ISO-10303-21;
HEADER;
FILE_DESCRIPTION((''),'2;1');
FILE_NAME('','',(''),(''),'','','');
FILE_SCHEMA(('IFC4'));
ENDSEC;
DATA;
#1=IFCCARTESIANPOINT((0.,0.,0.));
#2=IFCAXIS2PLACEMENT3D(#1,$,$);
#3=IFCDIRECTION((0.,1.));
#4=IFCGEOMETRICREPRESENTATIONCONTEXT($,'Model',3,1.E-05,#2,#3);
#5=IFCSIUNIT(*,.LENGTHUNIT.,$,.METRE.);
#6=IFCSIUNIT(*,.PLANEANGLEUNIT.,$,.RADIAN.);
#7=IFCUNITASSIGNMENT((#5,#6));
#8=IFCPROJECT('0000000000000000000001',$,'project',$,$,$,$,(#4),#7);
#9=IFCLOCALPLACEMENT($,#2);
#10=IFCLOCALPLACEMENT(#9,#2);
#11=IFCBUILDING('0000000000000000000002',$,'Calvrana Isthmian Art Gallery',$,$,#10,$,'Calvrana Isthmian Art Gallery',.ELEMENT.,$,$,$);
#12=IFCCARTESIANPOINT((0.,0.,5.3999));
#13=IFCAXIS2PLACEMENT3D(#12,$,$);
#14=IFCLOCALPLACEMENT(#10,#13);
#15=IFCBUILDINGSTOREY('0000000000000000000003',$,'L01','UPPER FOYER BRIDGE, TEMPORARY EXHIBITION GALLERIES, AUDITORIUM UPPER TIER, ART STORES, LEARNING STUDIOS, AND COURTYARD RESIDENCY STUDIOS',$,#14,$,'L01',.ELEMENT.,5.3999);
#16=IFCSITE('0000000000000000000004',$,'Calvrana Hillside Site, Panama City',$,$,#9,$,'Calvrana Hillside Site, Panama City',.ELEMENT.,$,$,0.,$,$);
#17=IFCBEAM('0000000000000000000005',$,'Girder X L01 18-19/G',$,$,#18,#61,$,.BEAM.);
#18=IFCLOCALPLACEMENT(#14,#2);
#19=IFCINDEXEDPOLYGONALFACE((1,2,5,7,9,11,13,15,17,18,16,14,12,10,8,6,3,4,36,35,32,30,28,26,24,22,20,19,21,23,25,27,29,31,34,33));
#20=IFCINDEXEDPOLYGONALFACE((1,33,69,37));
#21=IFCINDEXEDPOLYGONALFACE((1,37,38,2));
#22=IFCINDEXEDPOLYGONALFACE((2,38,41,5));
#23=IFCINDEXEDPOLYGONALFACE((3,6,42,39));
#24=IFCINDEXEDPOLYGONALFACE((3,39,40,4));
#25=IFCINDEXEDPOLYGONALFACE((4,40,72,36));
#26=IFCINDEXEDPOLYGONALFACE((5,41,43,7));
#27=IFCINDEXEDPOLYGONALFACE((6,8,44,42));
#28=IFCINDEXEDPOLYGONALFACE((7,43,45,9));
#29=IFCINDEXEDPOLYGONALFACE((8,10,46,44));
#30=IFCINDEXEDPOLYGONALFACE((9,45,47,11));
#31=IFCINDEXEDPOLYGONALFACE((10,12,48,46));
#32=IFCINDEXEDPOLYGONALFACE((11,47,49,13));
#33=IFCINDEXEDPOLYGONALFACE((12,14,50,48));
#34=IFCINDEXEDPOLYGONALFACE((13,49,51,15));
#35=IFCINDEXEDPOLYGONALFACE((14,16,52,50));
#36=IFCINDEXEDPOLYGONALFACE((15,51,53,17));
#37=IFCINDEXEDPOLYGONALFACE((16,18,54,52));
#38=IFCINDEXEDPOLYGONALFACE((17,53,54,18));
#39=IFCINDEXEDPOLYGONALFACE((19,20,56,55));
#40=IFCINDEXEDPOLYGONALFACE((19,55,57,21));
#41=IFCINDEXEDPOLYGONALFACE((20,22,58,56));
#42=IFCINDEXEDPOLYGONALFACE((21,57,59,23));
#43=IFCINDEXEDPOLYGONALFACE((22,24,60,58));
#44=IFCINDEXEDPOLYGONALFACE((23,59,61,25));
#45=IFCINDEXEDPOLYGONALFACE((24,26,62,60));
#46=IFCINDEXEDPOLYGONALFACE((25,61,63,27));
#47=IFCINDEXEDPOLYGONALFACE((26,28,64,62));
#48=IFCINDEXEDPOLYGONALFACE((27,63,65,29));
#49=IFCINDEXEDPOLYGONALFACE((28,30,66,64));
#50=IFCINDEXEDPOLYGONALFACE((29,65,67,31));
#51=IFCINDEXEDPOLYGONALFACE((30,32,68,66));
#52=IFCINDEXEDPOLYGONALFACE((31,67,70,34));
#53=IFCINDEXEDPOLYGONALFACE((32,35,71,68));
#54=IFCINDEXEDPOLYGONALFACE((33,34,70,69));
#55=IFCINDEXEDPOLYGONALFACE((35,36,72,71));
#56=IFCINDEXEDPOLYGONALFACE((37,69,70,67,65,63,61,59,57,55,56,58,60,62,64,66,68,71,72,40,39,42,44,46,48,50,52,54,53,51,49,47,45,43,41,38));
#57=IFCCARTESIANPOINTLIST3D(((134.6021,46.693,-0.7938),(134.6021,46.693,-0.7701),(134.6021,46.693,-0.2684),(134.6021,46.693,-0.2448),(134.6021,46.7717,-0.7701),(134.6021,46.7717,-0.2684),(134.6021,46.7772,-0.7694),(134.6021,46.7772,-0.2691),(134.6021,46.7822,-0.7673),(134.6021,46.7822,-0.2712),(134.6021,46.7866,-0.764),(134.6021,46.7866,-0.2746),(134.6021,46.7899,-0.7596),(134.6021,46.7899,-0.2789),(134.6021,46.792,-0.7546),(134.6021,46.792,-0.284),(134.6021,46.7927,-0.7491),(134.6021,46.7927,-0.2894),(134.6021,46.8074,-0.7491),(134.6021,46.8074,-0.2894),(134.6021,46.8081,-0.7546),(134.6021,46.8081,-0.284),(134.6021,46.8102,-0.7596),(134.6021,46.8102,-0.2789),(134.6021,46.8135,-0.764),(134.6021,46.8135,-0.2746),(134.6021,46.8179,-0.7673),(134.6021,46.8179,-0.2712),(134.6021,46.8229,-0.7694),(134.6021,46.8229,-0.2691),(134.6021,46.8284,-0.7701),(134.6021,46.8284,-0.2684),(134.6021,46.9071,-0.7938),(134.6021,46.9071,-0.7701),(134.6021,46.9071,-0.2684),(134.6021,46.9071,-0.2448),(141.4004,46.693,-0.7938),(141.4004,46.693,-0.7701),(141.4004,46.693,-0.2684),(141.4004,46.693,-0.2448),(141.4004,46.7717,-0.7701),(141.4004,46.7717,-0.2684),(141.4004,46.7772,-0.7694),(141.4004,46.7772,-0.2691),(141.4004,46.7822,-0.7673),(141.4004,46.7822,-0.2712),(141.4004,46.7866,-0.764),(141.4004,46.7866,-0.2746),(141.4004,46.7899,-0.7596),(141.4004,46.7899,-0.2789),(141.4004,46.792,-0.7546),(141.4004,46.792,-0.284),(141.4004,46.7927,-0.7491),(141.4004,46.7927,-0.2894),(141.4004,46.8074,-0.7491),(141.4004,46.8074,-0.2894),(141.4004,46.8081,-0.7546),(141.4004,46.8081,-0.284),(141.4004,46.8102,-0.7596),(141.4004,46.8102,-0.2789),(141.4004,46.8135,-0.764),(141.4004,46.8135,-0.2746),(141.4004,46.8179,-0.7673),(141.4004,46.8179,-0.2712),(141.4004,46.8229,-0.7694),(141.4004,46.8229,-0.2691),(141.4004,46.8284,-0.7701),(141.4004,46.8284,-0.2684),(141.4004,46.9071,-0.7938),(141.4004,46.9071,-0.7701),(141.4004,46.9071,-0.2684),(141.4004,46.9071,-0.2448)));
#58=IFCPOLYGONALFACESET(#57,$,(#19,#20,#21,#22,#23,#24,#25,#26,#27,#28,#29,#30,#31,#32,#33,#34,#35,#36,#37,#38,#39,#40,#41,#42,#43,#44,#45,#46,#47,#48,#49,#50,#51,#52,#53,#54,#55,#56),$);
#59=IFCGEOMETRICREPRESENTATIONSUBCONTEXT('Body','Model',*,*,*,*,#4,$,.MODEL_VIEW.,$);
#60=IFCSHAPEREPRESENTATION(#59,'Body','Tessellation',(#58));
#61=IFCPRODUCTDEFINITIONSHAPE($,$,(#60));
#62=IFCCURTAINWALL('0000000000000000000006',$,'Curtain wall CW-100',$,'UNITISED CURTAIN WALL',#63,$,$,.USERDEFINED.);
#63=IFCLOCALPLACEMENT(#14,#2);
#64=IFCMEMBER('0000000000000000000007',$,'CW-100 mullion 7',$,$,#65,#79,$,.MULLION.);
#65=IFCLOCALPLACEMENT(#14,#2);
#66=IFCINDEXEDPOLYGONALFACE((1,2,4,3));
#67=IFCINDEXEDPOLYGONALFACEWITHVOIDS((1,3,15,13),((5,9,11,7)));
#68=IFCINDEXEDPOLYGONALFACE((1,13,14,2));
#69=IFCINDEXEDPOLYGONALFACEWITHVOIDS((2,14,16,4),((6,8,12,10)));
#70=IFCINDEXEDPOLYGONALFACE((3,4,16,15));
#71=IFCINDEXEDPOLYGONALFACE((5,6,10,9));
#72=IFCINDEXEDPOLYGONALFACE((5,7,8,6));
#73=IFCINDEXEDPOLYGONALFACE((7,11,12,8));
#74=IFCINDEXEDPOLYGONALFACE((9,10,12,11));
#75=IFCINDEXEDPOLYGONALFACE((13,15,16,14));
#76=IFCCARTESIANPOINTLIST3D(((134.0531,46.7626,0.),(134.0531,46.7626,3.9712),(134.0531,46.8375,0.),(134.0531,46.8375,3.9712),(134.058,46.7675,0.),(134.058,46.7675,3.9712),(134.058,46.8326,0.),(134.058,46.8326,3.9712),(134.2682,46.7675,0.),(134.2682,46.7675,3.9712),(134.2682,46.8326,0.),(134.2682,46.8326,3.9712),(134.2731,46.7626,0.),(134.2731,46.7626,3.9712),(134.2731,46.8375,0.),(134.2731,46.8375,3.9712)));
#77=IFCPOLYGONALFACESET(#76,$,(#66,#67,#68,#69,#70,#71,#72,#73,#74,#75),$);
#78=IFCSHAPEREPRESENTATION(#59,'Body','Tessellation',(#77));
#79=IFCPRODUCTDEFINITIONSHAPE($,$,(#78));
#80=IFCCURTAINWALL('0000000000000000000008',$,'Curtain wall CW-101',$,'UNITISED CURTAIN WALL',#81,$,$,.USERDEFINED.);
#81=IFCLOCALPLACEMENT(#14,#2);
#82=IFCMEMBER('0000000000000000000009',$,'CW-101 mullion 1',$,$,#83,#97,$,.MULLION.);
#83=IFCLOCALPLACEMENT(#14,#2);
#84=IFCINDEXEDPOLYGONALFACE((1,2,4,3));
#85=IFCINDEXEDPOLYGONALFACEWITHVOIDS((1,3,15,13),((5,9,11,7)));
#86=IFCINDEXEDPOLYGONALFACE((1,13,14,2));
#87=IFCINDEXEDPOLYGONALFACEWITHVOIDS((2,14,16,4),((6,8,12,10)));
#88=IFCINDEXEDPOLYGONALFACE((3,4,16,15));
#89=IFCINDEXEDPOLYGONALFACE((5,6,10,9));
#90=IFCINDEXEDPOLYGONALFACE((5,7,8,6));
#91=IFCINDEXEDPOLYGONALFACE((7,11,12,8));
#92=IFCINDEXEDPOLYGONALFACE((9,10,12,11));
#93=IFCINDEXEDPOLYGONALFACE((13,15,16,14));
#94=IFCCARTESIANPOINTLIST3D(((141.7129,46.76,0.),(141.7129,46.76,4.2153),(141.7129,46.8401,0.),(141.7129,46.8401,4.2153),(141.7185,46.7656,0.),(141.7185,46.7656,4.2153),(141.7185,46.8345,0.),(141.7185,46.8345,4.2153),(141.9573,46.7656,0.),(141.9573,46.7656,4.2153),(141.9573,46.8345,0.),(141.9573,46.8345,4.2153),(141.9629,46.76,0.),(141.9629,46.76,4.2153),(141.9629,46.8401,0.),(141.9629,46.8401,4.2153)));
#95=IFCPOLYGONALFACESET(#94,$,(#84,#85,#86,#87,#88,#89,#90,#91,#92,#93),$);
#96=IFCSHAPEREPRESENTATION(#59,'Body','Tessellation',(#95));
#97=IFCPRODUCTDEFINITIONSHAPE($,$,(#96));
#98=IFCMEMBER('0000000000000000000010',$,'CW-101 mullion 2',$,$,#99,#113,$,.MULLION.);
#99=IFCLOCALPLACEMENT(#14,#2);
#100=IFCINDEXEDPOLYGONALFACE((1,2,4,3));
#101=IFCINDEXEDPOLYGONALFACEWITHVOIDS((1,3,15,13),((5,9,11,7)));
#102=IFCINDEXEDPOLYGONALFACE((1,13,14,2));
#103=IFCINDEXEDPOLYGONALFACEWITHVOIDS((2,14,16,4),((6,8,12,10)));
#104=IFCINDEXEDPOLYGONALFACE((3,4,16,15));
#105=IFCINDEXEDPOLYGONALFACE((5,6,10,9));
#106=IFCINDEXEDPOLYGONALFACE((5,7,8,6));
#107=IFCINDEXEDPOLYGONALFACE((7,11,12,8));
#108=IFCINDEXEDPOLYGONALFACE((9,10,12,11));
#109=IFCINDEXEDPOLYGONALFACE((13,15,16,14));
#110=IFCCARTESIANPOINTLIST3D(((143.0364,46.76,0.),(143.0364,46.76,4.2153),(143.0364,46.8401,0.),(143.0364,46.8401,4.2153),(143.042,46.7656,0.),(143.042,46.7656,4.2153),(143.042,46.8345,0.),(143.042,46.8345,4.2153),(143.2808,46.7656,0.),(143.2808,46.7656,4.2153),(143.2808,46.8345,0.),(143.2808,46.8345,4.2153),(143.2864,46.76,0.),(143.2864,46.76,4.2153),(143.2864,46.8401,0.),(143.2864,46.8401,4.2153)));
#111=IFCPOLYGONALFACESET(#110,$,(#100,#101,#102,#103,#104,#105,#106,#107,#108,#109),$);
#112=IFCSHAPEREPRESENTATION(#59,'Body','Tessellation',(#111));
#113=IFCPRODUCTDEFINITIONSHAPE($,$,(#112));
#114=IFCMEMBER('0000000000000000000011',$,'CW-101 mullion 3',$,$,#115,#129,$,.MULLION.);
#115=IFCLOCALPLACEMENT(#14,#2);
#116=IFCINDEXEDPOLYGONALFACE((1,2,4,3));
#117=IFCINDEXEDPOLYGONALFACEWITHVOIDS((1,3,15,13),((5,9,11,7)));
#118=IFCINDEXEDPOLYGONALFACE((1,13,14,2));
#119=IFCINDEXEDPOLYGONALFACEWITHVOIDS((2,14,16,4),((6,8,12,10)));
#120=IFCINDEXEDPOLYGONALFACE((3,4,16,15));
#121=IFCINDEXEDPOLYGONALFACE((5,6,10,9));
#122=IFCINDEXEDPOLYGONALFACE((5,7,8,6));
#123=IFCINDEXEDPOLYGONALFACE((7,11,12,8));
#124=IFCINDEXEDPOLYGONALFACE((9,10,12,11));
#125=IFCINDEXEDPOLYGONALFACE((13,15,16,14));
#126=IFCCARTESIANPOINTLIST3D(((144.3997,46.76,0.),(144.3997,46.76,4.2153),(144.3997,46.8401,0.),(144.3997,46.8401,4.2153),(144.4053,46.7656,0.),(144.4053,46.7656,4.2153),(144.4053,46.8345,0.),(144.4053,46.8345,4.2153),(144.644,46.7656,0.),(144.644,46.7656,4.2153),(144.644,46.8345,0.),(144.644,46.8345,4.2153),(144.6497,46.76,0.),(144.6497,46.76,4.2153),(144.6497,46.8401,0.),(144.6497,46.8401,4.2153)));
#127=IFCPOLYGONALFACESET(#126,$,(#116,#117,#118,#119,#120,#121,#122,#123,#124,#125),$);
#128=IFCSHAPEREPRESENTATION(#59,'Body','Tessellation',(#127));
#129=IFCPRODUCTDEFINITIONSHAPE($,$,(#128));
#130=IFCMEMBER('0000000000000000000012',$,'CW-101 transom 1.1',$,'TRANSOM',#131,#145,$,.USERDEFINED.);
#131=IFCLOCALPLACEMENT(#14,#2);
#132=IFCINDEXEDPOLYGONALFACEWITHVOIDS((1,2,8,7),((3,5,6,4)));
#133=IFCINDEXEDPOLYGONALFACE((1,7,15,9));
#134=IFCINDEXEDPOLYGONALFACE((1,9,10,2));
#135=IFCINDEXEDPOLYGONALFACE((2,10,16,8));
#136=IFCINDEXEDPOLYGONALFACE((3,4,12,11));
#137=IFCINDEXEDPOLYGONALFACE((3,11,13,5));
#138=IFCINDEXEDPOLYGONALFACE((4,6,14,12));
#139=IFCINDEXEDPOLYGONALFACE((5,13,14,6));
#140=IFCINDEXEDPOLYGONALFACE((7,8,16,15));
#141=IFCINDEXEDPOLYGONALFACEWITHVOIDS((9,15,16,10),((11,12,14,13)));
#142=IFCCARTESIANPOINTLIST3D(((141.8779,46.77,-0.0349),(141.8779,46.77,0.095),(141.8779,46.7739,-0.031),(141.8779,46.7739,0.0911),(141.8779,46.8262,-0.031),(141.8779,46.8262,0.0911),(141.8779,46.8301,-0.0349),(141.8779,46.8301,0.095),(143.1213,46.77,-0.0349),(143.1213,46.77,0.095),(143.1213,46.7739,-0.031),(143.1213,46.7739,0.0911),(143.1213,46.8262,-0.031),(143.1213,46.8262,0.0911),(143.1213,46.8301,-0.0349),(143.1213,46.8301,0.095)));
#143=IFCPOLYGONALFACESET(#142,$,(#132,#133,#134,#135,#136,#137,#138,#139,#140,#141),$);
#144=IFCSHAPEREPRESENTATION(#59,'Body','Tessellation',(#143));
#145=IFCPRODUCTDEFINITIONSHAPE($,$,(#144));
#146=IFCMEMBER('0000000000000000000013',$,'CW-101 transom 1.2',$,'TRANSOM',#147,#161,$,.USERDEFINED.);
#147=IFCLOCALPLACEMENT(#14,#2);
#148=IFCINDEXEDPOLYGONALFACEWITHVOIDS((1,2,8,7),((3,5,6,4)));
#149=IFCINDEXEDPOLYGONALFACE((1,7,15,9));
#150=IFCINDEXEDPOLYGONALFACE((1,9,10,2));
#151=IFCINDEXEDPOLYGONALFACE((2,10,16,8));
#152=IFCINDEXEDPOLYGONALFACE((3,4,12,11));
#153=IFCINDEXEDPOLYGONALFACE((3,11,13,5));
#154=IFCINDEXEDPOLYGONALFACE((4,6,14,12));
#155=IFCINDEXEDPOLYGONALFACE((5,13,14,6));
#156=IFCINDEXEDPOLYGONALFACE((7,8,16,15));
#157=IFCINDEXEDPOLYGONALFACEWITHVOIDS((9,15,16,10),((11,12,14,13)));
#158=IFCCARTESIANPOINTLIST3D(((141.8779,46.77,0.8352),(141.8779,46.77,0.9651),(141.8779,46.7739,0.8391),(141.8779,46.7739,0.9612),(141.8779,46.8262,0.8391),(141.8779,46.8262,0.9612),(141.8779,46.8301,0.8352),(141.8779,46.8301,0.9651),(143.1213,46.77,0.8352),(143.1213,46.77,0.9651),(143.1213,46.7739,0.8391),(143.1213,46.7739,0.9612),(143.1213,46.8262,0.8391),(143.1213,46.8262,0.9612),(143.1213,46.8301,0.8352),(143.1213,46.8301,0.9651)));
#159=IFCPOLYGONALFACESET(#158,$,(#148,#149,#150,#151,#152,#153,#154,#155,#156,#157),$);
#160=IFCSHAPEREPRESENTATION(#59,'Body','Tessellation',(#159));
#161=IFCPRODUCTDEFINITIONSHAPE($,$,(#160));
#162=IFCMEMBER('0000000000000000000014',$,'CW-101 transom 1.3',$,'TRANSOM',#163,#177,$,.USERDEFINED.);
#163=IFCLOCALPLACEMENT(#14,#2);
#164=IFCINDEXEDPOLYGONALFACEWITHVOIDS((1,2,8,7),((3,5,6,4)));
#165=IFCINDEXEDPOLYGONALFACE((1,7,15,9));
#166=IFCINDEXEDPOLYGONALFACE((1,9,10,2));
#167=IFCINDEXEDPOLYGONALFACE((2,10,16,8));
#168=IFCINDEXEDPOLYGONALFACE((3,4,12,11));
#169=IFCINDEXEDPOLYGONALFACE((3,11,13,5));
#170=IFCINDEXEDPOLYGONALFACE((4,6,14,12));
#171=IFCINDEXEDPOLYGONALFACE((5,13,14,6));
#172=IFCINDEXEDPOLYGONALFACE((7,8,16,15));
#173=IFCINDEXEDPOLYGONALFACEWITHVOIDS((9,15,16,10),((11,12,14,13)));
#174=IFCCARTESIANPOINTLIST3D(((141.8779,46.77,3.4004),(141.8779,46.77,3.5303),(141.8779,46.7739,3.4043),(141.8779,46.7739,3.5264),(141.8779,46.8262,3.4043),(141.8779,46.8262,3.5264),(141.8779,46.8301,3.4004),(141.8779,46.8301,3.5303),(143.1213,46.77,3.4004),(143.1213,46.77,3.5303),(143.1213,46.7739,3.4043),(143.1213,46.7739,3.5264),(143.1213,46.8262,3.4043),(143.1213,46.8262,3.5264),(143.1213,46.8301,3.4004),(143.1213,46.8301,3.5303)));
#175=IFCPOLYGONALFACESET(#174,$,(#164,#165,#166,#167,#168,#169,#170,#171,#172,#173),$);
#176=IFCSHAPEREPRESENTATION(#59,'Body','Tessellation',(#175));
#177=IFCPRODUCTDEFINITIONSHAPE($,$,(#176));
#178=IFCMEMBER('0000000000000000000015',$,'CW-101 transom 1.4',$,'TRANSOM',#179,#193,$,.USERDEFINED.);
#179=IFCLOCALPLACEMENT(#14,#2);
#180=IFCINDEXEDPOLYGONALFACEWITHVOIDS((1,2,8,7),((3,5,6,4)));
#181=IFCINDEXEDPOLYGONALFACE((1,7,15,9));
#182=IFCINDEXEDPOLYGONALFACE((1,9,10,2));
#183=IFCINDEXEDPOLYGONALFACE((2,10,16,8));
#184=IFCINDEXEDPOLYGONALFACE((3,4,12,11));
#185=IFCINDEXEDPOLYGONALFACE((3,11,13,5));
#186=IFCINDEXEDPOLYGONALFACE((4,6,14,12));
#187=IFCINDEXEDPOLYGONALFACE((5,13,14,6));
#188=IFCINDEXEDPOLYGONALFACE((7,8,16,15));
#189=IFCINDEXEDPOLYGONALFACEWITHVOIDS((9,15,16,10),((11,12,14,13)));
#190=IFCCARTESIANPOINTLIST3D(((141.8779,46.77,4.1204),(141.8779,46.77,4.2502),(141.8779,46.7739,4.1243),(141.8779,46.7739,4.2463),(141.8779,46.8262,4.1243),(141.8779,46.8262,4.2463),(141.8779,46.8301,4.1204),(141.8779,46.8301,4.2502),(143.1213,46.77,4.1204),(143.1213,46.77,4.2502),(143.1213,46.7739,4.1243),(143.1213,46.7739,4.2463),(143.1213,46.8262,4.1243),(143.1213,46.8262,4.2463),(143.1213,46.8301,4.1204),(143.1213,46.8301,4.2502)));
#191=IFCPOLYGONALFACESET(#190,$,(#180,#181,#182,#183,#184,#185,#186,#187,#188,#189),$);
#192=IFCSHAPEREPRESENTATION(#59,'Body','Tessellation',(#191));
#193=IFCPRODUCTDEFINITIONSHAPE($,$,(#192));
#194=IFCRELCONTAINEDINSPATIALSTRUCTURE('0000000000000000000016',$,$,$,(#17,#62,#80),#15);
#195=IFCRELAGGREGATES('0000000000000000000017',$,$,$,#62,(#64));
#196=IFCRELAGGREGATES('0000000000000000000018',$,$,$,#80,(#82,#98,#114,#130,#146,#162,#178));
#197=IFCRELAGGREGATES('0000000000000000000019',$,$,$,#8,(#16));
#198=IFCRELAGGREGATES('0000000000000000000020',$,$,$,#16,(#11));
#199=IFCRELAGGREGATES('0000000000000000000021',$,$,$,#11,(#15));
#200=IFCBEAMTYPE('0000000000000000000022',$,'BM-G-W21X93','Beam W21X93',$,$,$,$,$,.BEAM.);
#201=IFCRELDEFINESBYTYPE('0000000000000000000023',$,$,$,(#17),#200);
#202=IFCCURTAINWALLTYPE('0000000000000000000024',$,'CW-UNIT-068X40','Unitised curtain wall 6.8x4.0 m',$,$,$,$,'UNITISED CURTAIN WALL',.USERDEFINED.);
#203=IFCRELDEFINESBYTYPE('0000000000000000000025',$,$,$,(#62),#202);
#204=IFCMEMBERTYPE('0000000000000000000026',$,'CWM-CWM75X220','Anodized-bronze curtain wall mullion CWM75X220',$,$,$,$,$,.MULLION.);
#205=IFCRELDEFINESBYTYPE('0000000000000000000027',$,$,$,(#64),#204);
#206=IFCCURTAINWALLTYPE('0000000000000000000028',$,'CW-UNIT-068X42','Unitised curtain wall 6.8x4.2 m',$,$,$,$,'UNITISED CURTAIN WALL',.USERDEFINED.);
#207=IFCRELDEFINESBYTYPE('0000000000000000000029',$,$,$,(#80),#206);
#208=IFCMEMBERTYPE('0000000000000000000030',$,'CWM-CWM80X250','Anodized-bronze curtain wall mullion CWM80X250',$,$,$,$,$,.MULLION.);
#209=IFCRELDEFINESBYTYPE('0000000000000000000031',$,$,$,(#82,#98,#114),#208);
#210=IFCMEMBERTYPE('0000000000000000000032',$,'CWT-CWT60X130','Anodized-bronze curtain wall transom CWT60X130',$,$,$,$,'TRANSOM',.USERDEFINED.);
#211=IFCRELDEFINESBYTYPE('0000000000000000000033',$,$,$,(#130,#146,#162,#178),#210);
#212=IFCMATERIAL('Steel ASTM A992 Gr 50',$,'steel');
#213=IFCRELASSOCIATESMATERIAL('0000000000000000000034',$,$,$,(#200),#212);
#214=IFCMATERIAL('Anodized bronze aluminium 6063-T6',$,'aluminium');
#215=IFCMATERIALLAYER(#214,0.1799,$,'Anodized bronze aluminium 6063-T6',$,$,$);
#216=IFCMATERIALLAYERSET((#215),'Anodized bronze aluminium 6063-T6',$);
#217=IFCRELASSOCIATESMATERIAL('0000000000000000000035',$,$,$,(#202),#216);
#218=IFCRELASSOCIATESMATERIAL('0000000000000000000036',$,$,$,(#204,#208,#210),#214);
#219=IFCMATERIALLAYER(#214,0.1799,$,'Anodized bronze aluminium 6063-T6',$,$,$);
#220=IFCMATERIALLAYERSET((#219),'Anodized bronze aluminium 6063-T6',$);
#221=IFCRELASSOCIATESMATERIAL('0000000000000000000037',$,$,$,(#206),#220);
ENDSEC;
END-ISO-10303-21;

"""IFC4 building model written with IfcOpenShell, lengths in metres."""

from ifc_helpers import new_model, si_unit, direction, frame, origin, origin_2d, place, context, subcontext, project, spatial, hollow_rectangle, i_section, extrude, material, layer, layer_set, material_profile, profile_set, type_object, element, aggregate, save


model = new_model("IFC4")

# Units and contexts
model_context = context("Model", 3, precision=1e-05, world=origin(), true_north=direction((0.0, 1.0)))
body_context = subcontext(model_context, "Body", "Model", "MODEL_VIEW")
ifc_project = project(units=[si_unit("LENGTHUNIT", "METRE"), si_unit("PLANEANGLEUNIT", "RADIAN")], contexts=[model_context])

# Site, building, storey
site_placement = place(None, origin())
site = spatial("IfcSite", under=ifc_project, at=site_placement, Name="Calvrana Hillside Site, Panama City", LongName="Calvrana Hillside Site, Panama City", CompositionType="ELEMENT", RefElevation=0.0)
building_placement = place(site_placement, origin())
building = spatial("IfcBuilding", under=site, at=building_placement, Name="Calvrana Isthmian Art Gallery", LongName="Calvrana Isthmian Art Gallery", CompositionType="ELEMENT")
storey_placement = place(building_placement, frame((0.0, 0.0, 5.3999)))
storey = spatial("IfcBuildingStorey", under=building, at=storey_placement, Name="L01", Description="UPPER FOYER BRIDGE, TEMPORARY EXHIBITION GALLERIES, AUDITORIUM UPPER TIER, ART STORES, LEARNING STUDIOS, AND COURTYARD RESIDENCY STUDIOS", LongName="L01", CompositionType="ELEMENT", Elevation=5.3999)

# Shared definitions
ifc_material_1 = material(Name="Steel ASTM A992 Gr 50", Category="steel")

# Beam
ifc_material_profile_1 = material_profile(ifc_material_1, i_section(OverallWidth=0.2141, OverallDepth=0.5491, WebThickness=0.0146, FlangeThickness=0.0237, FilletRadius=0.021, at=origin_2d()), Name="W21X93")
ifc_profile_set_1 = profile_set([ifc_material_profile_1], Name="Steel ASTM A992 Gr 50")
beam_type_1 = type_object("IfcBeamType", Name="BM-G-W21X93", Description="Beam W21X93", PredefinedType="BEAM", material=ifc_profile_set_1)
beam_1_placement = place(storey_placement, frame((134.6021, 46.8, -0.5193), z_axis=(1.0, 0.0, 0.0), x_axis=(0.0, 1.0, 0.0)))
element("IfcBeam", 1, at=beam_1_placement, inside=storey, type_object=beam_type_1, Name="Girder X L01 18-19/G", PredefinedType="BEAM", context=body_context, shape_type="SweptSolid", body=[
    extrude(i_section(OverallWidth=0.2141, OverallDepth=0.5491, WebThickness=0.0146, FlangeThickness=0.0237, FilletRadius=0.021, at=origin_2d()), origin(), (0.0, 0.0, 1.0), 6.7983),
])

# Curtain wall, member
ifc_material_2 = material(Name="Anodized bronze aluminium 6063-T6", Category="aluminium")
ifc_layer_1 = layer(ifc_material_2, 0.1799, Name="Anodized bronze aluminium 6063-T6")
ifc_layer_set_1 = layer_set([ifc_layer_1], Name="Anodized bronze aluminium 6063-T6")
curtain_wall_type_1 = type_object("IfcCurtainWallType", Name="CW-UNIT-068X40", Description="Unitised curtain wall 6.8x4.0 m", ElementType="UNITISED CURTAIN WALL", PredefinedType="USERDEFINED", material=ifc_layer_set_1)
curtain_wall_1_placement = place(storey_placement, origin())
curtain_wall_1 = element("IfcCurtainWall", 2, at=curtain_wall_1_placement, inside=storey, type_object=curtain_wall_type_1, Name="Curtain wall CW-100", ObjectType="UNITISED CURTAIN WALL", PredefinedType="USERDEFINED")
ifc_material_profile_2 = material_profile(ifc_material_2, hollow_rectangle(XDim=0.075, YDim=0.22, WallThickness=0.0049, at=origin_2d()), Name="CWM75X220")
ifc_profile_set_2 = profile_set([ifc_material_profile_2], Name="Anodized bronze aluminium 6063-T6")
member_type_1 = type_object("IfcMemberType", Name="CWM-CWM75X220", Description="Anodized-bronze curtain wall mullion CWM75X220", PredefinedType="MULLION", material=ifc_profile_set_2)
member_1_placement = place(storey_placement, frame((134.1631, 46.8, 0.0), z_axis=(0.0, 0.0, 1.0), x_axis=(0.0, 1.0, 0.0)))
member_1 = element("IfcMember", 3, at=member_1_placement, type_object=member_type_1, Name="CW-100 mullion 7", PredefinedType="MULLION", context=body_context, shape_type="SweptSolid", body=[
    extrude(hollow_rectangle(XDim=0.075, YDim=0.22, WallThickness=0.0049, at=origin_2d()), origin(), (0.0, 0.0, 1.0), 3.9712),
])

# Curtain wall, members
ifc_layer_2 = layer(ifc_material_2, 0.1799, Name="Anodized bronze aluminium 6063-T6")
ifc_layer_set_2 = layer_set([ifc_layer_2], Name="Anodized bronze aluminium 6063-T6")
curtain_wall_type_2 = type_object("IfcCurtainWallType", Name="CW-UNIT-068X42", Description="Unitised curtain wall 6.8x4.2 m", ElementType="UNITISED CURTAIN WALL", PredefinedType="USERDEFINED", material=ifc_layer_set_2)
curtain_wall_2_placement = place(storey_placement, origin())
curtain_wall_2 = element("IfcCurtainWall", 4, at=curtain_wall_2_placement, inside=storey, type_object=curtain_wall_type_2, Name="Curtain wall CW-101", ObjectType="UNITISED CURTAIN WALL", PredefinedType="USERDEFINED")
ifc_material_profile_3 = material_profile(ifc_material_2, hollow_rectangle(XDim=0.0801, YDim=0.25, WallThickness=0.0056, at=origin_2d()), Name="CWM80X250")
ifc_profile_set_3 = profile_set([ifc_material_profile_3], Name="Anodized bronze aluminium 6063-T6")
member_type_2 = type_object("IfcMemberType", Name="CWM-CWM80X250", Description="Anodized-bronze curtain wall mullion CWM80X250", PredefinedType="MULLION", material=ifc_profile_set_3)
member_2_placement = place(storey_placement, frame((141.8379, 46.8, 0.0), z_axis=(0.0, 0.0, 1.0), x_axis=(0.0, 1.0, 0.0)))
member_2 = element("IfcMember", 5, at=member_2_placement, type_object=member_type_2, Name="CW-101 mullion 1", PredefinedType="MULLION", context=body_context, shape_type="SweptSolid", body=[
    extrude(hollow_rectangle(XDim=0.0801, YDim=0.25, WallThickness=0.0056, at=origin_2d()), origin(), (0.0, 0.0, 1.0), 4.2153),
])
member_3_placement = place(storey_placement, frame((143.1614, 46.8, 0.0), z_axis=(0.0, 0.0, 1.0), x_axis=(0.0, 1.0, 0.0)))
member_3 = element("IfcMember", 6, at=member_3_placement, type_object=member_type_2, Name="CW-101 mullion 2", PredefinedType="MULLION", context=body_context, shape_type="SweptSolid", body=[
    extrude(hollow_rectangle(XDim=0.0801, YDim=0.25, WallThickness=0.0056, at=origin_2d()), origin(), (0.0, 0.0, 1.0), 4.2153),
])
member_4_placement = place(storey_placement, frame((144.5247, 46.8, 0.0), z_axis=(0.0, 0.0, 1.0), x_axis=(0.0, 1.0, 0.0)))
member_4 = element("IfcMember", 7, at=member_4_placement, type_object=member_type_2, Name="CW-101 mullion 3", PredefinedType="MULLION", context=body_context, shape_type="SweptSolid", body=[
    extrude(hollow_rectangle(XDim=0.0801, YDim=0.25, WallThickness=0.0056, at=origin_2d()), origin(), (0.0, 0.0, 1.0), 4.2153),
])
ifc_material_profile_4 = material_profile(ifc_material_2, hollow_rectangle(XDim=0.0601, YDim=0.1299, WallThickness=0.0039, at=origin_2d()), Name="CWT60X130")
ifc_profile_set_4 = profile_set([ifc_material_profile_4], Name="Anodized bronze aluminium 6063-T6")
member_type_3 = type_object("IfcMemberType", Name="CWT-CWT60X130", Description="Anodized-bronze curtain wall transom CWT60X130", ElementType="TRANSOM", PredefinedType="USERDEFINED", material=ifc_profile_set_4)
member_5_placement = place(storey_placement, frame((141.8779, 46.8, 0.03), z_axis=(1.0, 0.0, 0.0), x_axis=(0.0, 1.0, 0.0)))
member_5 = element("IfcMember", 8, at=member_5_placement, type_object=member_type_3, Name="CW-101 transom 1.1", ObjectType="TRANSOM", PredefinedType="USERDEFINED", context=body_context, shape_type="SweptSolid", body=[
    extrude(hollow_rectangle(XDim=0.0601, YDim=0.1299, WallThickness=0.0039, at=origin_2d()), origin(), (0.0, 0.0, 1.0), 1.2434),
])
member_6_placement = place(storey_placement, frame((141.8779, 46.8, 0.9001), z_axis=(1.0, 0.0, 0.0), x_axis=(0.0, 1.0, 0.0)))
member_6 = element("IfcMember", 9, at=member_6_placement, type_object=member_type_3, Name="CW-101 transom 1.2", ObjectType="TRANSOM", PredefinedType="USERDEFINED", context=body_context, shape_type="SweptSolid", body=[
    extrude(hollow_rectangle(XDim=0.0601, YDim=0.1299, WallThickness=0.0039, at=origin_2d()), origin(), (0.0, 0.0, 1.0), 1.2434),
])
member_7_placement = place(storey_placement, frame((141.8779, 46.8, 3.4653), z_axis=(1.0, 0.0, 0.0), x_axis=(0.0, 1.0, 0.0)))
member_7 = element("IfcMember", 10, at=member_7_placement, type_object=member_type_3, Name="CW-101 transom 1.3", ObjectType="TRANSOM", PredefinedType="USERDEFINED", context=body_context, shape_type="SweptSolid", body=[
    extrude(hollow_rectangle(XDim=0.0601, YDim=0.1299, WallThickness=0.0039, at=origin_2d()), origin(), (0.0, 0.0, 1.0), 1.2434),
])
member_8_placement = place(storey_placement, frame((141.8779, 46.8, 4.1853), z_axis=(1.0, 0.0, 0.0), x_axis=(0.0, 1.0, 0.0)))
member_8 = element("IfcMember", 11, at=member_8_placement, type_object=member_type_3, Name="CW-101 transom 1.4", ObjectType="TRANSOM", PredefinedType="USERDEFINED", context=body_context, shape_type="SweptSolid", body=[
    extrude(hollow_rectangle(XDim=0.0601, YDim=0.1299, WallThickness=0.0039, at=origin_2d()), origin(), (0.0, 0.0, 1.0), 1.2434),
])

aggregate(curtain_wall_1, [member_1])
aggregate(curtain_wall_2, [member_2, member_3, member_4, member_5, member_6, member_7, member_8])

save(model, "model.ifc")
